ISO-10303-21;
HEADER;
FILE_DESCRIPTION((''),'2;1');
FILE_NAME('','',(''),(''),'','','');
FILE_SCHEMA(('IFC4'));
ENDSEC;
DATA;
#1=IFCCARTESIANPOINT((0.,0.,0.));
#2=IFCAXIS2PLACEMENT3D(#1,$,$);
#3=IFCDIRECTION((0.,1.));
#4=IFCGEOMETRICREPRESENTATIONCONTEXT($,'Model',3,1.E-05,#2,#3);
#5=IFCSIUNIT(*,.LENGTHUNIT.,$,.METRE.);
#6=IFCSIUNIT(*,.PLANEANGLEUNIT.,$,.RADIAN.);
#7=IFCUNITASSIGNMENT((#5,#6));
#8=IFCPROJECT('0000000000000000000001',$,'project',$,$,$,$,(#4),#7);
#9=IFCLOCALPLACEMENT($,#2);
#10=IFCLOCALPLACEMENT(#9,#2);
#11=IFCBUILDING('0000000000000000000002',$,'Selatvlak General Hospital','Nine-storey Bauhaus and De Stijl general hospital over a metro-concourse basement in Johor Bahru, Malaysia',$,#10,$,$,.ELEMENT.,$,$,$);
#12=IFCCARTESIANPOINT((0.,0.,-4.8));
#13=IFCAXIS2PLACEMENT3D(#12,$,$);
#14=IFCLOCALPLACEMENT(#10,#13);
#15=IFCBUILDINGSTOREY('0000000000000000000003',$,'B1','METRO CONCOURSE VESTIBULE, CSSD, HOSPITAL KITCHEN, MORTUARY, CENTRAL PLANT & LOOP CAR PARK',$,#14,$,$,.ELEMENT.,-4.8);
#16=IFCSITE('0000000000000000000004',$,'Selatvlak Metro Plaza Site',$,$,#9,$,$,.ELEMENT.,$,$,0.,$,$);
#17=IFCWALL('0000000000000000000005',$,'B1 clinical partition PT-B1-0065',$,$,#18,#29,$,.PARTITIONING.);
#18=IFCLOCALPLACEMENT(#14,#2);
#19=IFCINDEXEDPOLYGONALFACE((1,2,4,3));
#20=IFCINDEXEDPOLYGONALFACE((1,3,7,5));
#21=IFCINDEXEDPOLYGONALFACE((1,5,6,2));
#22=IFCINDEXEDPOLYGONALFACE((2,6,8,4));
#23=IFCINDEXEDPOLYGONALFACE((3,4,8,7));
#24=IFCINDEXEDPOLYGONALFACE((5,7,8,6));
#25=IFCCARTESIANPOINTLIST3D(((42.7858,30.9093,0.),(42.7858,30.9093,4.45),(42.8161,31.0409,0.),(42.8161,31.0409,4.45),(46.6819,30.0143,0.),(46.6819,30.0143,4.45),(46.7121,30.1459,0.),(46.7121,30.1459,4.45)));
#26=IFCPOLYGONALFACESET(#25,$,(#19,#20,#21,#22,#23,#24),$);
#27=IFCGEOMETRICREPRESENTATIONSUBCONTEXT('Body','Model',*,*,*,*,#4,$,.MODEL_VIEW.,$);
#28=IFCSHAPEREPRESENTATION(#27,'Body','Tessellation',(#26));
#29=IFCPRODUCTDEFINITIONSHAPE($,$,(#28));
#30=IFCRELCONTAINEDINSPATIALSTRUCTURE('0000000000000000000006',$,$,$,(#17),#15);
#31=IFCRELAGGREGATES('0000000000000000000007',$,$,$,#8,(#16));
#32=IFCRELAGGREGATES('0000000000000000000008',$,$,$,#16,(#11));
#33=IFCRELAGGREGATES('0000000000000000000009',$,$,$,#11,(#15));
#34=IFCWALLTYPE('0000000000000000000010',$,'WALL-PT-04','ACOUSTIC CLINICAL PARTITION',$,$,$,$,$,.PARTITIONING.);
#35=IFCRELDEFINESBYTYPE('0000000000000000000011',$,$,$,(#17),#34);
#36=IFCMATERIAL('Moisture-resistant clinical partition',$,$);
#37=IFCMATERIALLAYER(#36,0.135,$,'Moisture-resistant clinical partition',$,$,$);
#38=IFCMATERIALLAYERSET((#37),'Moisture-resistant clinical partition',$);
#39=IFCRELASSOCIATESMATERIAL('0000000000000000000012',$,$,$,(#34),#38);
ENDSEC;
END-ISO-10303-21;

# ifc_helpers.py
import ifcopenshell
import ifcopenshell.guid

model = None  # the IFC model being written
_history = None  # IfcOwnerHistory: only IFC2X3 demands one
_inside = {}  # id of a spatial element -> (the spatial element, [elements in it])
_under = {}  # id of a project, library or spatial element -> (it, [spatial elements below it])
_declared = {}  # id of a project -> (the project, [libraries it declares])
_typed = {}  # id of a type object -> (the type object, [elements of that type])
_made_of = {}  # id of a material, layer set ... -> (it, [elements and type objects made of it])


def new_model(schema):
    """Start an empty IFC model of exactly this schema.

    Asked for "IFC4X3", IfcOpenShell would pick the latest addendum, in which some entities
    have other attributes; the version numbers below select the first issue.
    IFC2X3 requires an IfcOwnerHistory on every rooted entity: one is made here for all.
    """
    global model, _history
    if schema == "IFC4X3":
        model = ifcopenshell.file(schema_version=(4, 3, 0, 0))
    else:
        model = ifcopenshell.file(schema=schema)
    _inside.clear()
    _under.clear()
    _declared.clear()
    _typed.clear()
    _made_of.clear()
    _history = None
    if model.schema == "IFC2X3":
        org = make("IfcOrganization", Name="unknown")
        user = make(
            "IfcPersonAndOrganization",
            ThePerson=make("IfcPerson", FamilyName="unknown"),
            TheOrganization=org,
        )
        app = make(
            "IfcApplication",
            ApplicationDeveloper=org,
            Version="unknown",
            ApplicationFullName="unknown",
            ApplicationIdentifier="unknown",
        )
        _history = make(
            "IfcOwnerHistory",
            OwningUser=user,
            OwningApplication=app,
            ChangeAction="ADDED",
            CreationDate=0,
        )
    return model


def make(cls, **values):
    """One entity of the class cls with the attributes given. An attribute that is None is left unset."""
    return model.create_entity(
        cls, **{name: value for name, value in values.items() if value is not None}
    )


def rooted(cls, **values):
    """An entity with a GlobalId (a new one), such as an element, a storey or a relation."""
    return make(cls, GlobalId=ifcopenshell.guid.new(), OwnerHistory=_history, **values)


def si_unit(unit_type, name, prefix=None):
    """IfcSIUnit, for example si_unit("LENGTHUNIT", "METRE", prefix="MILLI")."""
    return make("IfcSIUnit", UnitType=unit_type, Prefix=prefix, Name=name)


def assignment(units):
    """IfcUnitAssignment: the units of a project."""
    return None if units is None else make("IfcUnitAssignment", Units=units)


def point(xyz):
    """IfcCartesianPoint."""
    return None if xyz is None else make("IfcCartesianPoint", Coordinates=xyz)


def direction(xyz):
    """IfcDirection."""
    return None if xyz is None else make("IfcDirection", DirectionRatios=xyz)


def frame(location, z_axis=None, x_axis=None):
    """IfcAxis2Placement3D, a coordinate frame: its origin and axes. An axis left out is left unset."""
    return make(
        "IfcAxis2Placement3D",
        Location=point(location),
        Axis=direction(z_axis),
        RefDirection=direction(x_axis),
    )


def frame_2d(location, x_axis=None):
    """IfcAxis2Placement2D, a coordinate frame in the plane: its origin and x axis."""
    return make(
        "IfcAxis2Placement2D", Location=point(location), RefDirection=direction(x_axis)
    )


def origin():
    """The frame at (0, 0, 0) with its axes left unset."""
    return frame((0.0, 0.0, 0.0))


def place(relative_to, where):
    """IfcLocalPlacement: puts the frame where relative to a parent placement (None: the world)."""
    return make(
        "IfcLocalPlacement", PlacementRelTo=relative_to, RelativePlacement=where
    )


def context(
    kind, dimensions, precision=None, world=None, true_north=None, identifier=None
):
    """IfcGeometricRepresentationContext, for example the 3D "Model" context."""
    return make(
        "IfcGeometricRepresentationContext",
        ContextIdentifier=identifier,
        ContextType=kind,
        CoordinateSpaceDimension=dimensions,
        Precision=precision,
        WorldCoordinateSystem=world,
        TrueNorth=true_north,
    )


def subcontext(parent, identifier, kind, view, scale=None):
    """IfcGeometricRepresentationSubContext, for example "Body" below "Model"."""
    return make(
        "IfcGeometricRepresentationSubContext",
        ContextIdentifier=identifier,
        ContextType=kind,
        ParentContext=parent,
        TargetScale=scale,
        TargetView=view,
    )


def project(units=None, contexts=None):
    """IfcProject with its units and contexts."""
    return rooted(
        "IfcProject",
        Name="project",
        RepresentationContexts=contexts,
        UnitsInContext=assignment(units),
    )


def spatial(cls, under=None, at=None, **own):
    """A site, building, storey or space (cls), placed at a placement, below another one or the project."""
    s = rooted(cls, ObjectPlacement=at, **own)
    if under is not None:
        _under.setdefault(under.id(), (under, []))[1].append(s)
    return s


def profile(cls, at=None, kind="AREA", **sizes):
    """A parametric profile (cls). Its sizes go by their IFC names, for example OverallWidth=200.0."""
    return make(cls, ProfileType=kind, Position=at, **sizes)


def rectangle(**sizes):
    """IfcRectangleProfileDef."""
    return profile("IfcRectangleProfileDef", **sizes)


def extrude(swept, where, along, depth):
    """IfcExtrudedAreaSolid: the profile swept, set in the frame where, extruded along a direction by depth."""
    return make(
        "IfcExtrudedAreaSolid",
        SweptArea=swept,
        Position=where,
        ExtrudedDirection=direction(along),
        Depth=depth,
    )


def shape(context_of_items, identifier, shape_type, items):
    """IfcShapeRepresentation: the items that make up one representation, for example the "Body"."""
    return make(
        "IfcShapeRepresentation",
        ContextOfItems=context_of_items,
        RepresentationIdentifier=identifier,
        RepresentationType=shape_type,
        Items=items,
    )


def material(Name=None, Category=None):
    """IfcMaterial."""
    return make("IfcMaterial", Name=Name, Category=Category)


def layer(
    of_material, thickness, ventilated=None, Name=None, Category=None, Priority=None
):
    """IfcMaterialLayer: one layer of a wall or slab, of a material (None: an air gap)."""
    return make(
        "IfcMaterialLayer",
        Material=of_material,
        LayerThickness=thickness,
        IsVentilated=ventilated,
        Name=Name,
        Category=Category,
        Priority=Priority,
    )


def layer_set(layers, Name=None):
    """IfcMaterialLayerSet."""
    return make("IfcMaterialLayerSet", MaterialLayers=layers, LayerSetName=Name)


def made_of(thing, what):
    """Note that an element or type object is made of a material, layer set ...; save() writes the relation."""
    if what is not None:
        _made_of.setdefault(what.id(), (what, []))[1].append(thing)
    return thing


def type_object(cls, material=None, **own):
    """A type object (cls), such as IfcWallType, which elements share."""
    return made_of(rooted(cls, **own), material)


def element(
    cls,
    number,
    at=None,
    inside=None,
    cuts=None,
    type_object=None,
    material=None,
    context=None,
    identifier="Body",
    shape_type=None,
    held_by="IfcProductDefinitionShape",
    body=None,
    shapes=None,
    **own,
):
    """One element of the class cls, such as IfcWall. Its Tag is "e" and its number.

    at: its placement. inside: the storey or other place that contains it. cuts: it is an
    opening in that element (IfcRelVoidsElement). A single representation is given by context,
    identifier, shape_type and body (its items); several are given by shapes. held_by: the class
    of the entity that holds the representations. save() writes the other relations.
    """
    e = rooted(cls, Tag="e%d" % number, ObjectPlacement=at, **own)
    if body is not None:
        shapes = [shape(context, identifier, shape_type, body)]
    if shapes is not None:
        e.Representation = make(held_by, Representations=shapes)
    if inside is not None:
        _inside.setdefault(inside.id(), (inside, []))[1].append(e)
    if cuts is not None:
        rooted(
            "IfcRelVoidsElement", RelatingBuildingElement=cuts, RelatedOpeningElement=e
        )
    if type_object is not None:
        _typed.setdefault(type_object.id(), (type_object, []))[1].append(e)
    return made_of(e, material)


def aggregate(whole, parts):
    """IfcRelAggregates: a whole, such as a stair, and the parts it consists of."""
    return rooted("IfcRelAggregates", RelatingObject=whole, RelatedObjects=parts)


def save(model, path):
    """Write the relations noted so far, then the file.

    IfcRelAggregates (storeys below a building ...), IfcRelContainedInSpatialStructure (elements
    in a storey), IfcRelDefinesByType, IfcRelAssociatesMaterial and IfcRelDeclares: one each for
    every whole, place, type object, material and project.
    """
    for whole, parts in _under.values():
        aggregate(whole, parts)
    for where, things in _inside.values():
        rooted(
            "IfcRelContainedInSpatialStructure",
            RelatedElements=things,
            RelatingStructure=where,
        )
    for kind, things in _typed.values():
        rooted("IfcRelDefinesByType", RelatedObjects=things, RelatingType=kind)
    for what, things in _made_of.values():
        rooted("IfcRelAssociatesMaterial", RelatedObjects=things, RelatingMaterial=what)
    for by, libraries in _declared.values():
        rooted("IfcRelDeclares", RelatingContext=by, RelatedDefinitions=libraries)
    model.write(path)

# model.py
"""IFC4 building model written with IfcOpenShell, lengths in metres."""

from ifc_helpers import new_model, si_unit, direction, frame, frame_2d, origin, place, context, subcontext, project, spatial, rectangle, extrude, material, layer, layer_set, type_object, element, save


model = new_model("IFC4")

# Units and contexts
model_context = context("Model", 3, precision=1e-05, world=origin(), true_north=direction((0.0, 1.0)))
body_context = subcontext(model_context, "Body", "Model", "MODEL_VIEW")
ifc_project = project(units=[si_unit("LENGTHUNIT", "METRE"), si_unit("PLANEANGLEUNIT", "RADIAN")], contexts=[model_context])

# Site, building, storey
site_placement = place(None, origin())
site = spatial("IfcSite", under=ifc_project, at=site_placement, Name="Selatvlak Metro Plaza Site", CompositionType="ELEMENT", RefElevation=0.0)
building_placement = place(site_placement, origin())
building = spatial("IfcBuilding", under=site, at=building_placement, Name="Selatvlak General Hospital", Description="Nine-storey Bauhaus and De Stijl general hospital over a metro-concourse basement in Johor Bahru, Malaysia", CompositionType="ELEMENT")
storey_placement = place(building_placement, frame((0.0, 0.0, -4.8)))
storey = spatial("IfcBuildingStorey", under=building, at=storey_placement, Name="B1", Description="METRO CONCOURSE VESTIBULE, CSSD, HOSPITAL KITCHEN, MORTUARY, CENTRAL PLANT & LOOP CAR PARK", CompositionType="ELEMENT", Elevation=-4.8)

# Wall
ifc_material_1 = material(Name="Moisture-resistant clinical partition")
ifc_layer_1 = layer(ifc_material_1, 0.135, Name="Moisture-resistant clinical partition")
ifc_layer_set_1 = layer_set([ifc_layer_1], Name="Moisture-resistant clinical partition")
wall_type_1 = type_object("IfcWallType", Name="WALL-PT-04", Description="ACOUSTIC CLINICAL PARTITION", PredefinedType="PARTITIONING", material=ifc_layer_set_1)
wall_1_placement = place(storey_placement, frame((46.697, 30.0801, 0.0), z_axis=(0.0, 0.0, 1.0), x_axis=(-0.974613, 0.223896, 0.0)))
element("IfcWall", 1, at=wall_1_placement, inside=storey, type_object=wall_type_1, Name="B1 clinical partition PT-B1-0065", PredefinedType="PARTITIONING", context=body_context, shape_type="SweptSolid", body=[
    extrude(rectangle(XDim=3.9976, YDim=0.135, at=frame_2d((1.9988, 0.0))), origin(), (0.0, 0.0, 1.0), 4.45),
])

save(model, "model.ifc")
